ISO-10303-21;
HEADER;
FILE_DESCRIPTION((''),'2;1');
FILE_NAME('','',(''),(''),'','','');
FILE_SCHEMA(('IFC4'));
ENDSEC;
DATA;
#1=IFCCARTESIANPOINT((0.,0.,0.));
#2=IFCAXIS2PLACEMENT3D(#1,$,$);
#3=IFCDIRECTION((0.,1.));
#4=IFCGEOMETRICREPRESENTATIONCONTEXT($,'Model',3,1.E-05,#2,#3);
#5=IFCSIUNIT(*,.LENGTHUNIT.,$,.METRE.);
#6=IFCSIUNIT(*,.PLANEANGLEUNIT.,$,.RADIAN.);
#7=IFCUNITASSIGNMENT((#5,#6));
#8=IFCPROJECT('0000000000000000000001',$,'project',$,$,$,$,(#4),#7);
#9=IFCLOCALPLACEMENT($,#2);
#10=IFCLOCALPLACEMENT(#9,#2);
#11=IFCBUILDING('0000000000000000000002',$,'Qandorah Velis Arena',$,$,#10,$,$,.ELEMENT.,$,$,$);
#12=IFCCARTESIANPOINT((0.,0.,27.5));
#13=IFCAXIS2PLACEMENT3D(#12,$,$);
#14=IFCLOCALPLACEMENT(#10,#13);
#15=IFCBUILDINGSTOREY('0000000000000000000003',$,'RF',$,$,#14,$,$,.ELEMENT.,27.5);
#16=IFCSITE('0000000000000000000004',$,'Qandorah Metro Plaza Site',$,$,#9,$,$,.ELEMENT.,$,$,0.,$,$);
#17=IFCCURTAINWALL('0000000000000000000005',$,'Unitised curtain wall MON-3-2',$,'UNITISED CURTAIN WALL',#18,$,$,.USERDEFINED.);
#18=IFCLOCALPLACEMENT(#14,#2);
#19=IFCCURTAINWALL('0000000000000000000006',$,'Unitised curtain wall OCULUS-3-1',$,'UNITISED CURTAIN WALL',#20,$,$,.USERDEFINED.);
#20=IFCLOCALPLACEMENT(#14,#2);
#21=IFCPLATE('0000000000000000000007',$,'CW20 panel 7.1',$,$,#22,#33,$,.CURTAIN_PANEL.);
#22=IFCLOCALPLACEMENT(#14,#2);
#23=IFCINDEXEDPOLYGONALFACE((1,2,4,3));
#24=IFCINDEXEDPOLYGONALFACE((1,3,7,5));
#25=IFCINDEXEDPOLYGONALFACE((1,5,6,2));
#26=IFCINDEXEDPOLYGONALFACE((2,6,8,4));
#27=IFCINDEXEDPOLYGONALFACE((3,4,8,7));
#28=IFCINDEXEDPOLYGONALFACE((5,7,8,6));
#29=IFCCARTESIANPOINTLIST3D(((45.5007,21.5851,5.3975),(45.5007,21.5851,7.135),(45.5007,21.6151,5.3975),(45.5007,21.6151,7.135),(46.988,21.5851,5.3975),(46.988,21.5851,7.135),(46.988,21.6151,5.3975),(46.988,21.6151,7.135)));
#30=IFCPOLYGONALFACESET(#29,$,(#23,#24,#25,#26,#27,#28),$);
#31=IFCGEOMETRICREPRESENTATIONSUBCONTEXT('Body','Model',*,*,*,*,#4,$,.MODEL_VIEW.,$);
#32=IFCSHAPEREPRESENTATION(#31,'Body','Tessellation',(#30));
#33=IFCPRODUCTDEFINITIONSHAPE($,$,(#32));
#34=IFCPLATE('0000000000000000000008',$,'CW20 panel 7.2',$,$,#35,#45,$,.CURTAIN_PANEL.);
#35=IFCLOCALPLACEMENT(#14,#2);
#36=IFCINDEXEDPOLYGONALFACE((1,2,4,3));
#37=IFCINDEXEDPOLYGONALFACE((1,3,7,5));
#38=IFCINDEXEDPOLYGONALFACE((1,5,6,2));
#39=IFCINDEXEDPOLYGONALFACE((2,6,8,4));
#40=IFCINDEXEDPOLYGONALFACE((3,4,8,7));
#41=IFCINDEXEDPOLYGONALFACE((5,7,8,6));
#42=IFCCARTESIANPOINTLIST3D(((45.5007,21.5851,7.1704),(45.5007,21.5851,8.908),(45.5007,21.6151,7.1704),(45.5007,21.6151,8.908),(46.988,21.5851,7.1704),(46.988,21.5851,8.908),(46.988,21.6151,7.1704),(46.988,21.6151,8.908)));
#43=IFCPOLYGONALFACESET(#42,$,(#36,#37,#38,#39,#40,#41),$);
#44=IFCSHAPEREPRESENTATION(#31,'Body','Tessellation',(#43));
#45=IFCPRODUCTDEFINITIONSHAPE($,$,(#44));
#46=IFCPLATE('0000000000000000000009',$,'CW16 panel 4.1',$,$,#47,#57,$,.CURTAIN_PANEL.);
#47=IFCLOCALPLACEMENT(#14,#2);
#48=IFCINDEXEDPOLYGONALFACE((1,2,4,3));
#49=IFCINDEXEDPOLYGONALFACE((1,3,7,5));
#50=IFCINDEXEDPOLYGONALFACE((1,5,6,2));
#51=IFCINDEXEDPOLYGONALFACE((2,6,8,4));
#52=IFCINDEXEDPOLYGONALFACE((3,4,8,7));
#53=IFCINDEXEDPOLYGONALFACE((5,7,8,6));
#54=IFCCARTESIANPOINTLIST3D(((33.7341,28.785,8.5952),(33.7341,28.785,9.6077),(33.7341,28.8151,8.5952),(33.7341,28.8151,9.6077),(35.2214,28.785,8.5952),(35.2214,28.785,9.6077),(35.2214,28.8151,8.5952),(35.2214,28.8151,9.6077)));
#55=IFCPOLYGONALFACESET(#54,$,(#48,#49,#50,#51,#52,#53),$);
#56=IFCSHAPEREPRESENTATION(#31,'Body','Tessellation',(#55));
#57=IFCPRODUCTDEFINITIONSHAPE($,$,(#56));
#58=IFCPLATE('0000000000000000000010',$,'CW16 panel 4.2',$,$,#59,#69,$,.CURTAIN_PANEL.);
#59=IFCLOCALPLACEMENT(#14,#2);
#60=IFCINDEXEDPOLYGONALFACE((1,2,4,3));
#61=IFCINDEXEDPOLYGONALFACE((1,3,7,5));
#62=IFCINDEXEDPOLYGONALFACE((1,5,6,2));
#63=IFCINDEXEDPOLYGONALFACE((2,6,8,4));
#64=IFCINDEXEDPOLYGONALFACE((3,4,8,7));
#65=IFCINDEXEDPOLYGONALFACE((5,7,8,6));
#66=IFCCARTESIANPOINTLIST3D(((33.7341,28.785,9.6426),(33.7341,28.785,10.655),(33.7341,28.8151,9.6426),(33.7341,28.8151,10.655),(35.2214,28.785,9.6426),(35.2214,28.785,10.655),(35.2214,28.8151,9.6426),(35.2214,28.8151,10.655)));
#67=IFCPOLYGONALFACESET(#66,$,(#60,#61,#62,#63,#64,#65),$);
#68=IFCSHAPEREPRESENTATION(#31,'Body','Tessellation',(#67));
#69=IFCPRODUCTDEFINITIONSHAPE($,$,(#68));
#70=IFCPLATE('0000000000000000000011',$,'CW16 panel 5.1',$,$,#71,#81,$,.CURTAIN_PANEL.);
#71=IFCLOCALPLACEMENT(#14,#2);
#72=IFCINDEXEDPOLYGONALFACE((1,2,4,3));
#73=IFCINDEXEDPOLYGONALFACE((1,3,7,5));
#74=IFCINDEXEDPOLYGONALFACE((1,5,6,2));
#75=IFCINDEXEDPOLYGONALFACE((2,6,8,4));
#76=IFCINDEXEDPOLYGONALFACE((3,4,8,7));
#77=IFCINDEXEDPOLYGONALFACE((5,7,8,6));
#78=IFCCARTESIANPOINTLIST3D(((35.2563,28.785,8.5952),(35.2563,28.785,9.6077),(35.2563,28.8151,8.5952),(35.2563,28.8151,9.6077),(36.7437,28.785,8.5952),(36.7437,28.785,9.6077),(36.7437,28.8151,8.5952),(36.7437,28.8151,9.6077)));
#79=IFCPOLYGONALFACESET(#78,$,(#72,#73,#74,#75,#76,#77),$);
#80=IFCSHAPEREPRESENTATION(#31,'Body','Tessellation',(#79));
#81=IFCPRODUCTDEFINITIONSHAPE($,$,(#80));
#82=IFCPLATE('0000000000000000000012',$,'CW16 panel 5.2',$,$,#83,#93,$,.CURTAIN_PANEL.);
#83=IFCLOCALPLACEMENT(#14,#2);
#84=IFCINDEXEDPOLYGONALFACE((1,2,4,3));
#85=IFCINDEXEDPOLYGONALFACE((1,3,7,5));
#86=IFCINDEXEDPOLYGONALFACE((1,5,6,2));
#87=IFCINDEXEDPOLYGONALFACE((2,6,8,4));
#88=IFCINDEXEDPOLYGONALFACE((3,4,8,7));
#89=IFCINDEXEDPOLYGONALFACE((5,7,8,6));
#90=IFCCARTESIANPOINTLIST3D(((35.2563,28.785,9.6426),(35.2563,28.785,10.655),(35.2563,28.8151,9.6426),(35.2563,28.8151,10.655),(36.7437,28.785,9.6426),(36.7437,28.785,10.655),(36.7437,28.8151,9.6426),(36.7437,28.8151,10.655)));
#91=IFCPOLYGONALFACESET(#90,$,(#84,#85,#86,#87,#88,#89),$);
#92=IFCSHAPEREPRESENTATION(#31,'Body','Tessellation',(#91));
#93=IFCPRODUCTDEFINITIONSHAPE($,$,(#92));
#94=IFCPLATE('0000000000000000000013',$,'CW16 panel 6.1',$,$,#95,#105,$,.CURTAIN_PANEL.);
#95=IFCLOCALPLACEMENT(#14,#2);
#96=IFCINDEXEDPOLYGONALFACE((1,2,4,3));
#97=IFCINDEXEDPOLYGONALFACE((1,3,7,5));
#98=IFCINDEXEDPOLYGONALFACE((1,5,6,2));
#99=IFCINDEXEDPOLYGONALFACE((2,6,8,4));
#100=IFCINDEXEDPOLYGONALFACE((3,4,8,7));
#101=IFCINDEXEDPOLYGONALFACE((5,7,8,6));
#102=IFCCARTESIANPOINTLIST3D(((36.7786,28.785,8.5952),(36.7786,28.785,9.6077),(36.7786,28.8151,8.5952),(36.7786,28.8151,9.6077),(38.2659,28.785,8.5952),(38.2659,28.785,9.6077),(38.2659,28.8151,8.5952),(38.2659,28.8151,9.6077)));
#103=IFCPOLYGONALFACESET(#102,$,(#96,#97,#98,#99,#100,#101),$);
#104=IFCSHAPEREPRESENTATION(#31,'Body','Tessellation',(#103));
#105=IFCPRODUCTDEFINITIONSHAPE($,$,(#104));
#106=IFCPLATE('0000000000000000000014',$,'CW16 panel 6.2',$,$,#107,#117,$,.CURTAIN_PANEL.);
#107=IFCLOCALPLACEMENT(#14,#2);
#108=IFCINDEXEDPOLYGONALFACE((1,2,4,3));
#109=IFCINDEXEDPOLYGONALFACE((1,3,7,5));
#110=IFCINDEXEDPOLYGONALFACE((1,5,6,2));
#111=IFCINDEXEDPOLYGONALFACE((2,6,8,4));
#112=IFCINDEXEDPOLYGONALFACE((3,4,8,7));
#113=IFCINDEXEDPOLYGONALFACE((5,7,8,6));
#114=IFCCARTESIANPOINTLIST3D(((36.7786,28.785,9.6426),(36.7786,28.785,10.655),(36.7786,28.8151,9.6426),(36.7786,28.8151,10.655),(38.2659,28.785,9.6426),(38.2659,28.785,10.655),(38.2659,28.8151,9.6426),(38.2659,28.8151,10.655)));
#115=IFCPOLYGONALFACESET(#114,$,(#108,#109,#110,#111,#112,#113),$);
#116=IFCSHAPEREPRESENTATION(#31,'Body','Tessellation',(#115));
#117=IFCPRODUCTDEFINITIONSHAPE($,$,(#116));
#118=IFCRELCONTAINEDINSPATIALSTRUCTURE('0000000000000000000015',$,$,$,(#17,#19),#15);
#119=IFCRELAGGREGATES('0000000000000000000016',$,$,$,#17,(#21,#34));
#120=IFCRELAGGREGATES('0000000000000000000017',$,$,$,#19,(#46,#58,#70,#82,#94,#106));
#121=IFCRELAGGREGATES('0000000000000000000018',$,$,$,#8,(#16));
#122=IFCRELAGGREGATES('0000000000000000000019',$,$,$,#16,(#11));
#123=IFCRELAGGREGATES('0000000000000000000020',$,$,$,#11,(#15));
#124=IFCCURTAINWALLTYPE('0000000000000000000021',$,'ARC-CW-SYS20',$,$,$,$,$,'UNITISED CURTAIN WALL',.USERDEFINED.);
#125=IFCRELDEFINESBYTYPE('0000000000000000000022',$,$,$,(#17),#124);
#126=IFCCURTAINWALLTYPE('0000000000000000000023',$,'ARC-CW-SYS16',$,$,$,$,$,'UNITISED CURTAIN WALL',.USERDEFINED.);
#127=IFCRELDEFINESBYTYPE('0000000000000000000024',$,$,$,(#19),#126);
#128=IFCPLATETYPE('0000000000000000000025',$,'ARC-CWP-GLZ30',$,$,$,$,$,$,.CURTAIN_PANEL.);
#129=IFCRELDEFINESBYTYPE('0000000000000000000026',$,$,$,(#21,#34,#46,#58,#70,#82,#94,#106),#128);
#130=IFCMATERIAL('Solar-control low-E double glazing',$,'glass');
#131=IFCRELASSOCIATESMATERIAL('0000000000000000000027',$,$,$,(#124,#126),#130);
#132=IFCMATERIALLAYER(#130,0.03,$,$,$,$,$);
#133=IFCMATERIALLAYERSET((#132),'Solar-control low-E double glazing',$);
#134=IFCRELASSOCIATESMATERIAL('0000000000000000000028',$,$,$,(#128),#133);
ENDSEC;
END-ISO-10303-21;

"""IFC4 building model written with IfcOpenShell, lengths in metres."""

from ifc_helpers import new_model, si_unit, direction, frame, origin, origin_2d, place, context, subcontext, project, spatial, rectangle, extrude, material, layer, layer_set, type_object, element, aggregate, save


model = new_model("IFC4")

# Units and contexts
model_context = context("Model", 3, precision=1e-05, world=origin(), true_north=direction((0.0, 1.0)))
body_context = subcontext(model_context, "Body", "Model", "MODEL_VIEW")
ifc_project = project(units=[si_unit("LENGTHUNIT", "METRE"), si_unit("PLANEANGLEUNIT", "RADIAN")], contexts=[model_context])

# Site, building, storey
site_placement = place(None, origin())
site = spatial("IfcSite", under=ifc_project, at=site_placement, Name="Qandorah Metro Plaza Site", CompositionType="ELEMENT", RefElevation=0.0)
building_placement = place(site_placement, origin())
building = spatial("IfcBuilding", under=site, at=building_placement, Name="Qandorah Velis Arena", CompositionType="ELEMENT")
storey_placement = place(building_placement, frame((0.0, 0.0, 27.5)))
storey = spatial("IfcBuildingStorey", under=building, at=storey_placement, Name="RF", CompositionType="ELEMENT", Elevation=27.5)

# Curtain walls
ifc_material_1 = material(Name="Solar-control low-E double glazing", Category="glass")
curtain_wall_type_1 = type_object("IfcCurtainWallType", Name="ARC-CW-SYS20", ElementType="UNITISED CURTAIN WALL", PredefinedType="USERDEFINED", material=ifc_material_1)
curtain_wall_1_placement = place(storey_placement, origin())
curtain_wall_1 = element("IfcCurtainWall", 1, at=curtain_wall_1_placement, inside=storey, type_object=curtain_wall_type_1, Name="Unitised curtain wall MON-3-2", ObjectType="UNITISED CURTAIN WALL", PredefinedType="USERDEFINED")
curtain_wall_type_2 = type_object("IfcCurtainWallType", Name="ARC-CW-SYS16", ElementType="UNITISED CURTAIN WALL", PredefinedType="USERDEFINED", material=ifc_material_1)
curtain_wall_2_placement = place(storey_placement, origin())
curtain_wall_2 = element("IfcCurtainWall", 2, at=curtain_wall_2_placement, inside=storey, type_object=curtain_wall_type_2, Name="Unitised curtain wall OCULUS-3-1", ObjectType="UNITISED CURTAIN WALL", PredefinedType="USERDEFINED")

# Plates
ifc_layer = layer(ifc_material_1, 0.03)
ifc_layer_set = layer_set([ifc_layer], Name="Solar-control low-E double glazing")
plate_type = type_object("IfcPlateType", Name="ARC-CWP-GLZ30", PredefinedType="CURTAIN_PANEL", material=ifc_layer_set)
plate_1_placement = place(storey_placement, frame((46.2444, 21.6001, 5.3975), z_axis=(0.0, 0.0, 1.0), x_axis=(1.0, 0.0, 0.0)))
plate_1 = element("IfcPlate", 3, at=plate_1_placement, type_object=plate_type, Name="CW20 panel 7.1", PredefinedType="CURTAIN_PANEL", context=body_context, shape_type="SweptSolid", body=[
    extrude(rectangle(XDim=1.4873, YDim=0.03, at=origin_2d()), origin(), (0.0, 0.0, 1.0), 1.7375),
])
plate_2_placement = place(storey_placement, frame((46.2444, 21.6001, 7.1704), z_axis=(0.0, 0.0, 1.0), x_axis=(1.0, 0.0, 0.0)))
plate_2 = element("IfcPlate", 4, at=plate_2_placement, type_object=plate_type, Name="CW20 panel 7.2", PredefinedType="CURTAIN_PANEL", context=body_context, shape_type="SweptSolid", body=[
    extrude(rectangle(XDim=1.4873, YDim=0.03, at=origin_2d()), origin(), (0.0, 0.0, 1.0), 1.7375),
])
aggregate(curtain_wall_1, [plate_1, plate_2])
plate_3_placement = place(storey_placement, frame((34.4778, 28.8, 8.5952), z_axis=(0.0, 0.0, 1.0), x_axis=(1.0, 0.0, 0.0)))
plate_3 = element("IfcPlate", 5, at=plate_3_placement, type_object=plate_type, Name="CW16 panel 4.1", PredefinedType="CURTAIN_PANEL", context=body_context, shape_type="SweptSolid", body=[
    extrude(rectangle(XDim=1.4873, YDim=0.03, at=origin_2d()), origin(), (0.0, 0.0, 1.0), 1.0125),
])
plate_4_placement = place(storey_placement, frame((34.4778, 28.8, 9.6426), z_axis=(0.0, 0.0, 1.0), x_axis=(1.0, 0.0, 0.0)))
plate_4 = element("IfcPlate", 6, at=plate_4_placement, type_object=plate_type, Name="CW16 panel 4.2", PredefinedType="CURTAIN_PANEL", context=body_context, shape_type="SweptSolid", body=[
    extrude(rectangle(XDim=1.4873, YDim=0.03, at=origin_2d()), origin(), (0.0, 0.0, 1.0), 1.0125),
])
plate_5_placement = place(storey_placement, frame((36.0, 28.8, 8.5952), z_axis=(0.0, 0.0, 1.0), x_axis=(1.0, 0.0, 0.0)))
plate_5 = element("IfcPlate", 7, at=plate_5_placement, type_object=plate_type, Name="CW16 panel 5.1", PredefinedType="CURTAIN_PANEL", context=body_context, shape_type="SweptSolid", body=[
    extrude(rectangle(XDim=1.4873, YDim=0.03, at=origin_2d()), origin(), (0.0, 0.0, 1.0), 1.0125),
])
plate_6_placement = place(storey_placement, frame((36.0, 28.8, 9.6426), z_axis=(0.0, 0.0, 1.0), x_axis=(1.0, 0.0, 0.0)))
plate_6 = element("IfcPlate", 8, at=plate_6_placement, type_object=plate_type, Name="CW16 panel 5.2", PredefinedType="CURTAIN_PANEL", context=body_context, shape_type="SweptSolid", body=[
    extrude(rectangle(XDim=1.4873, YDim=0.03, at=origin_2d()), origin(), (0.0, 0.0, 1.0), 1.0125),
])
plate_7_placement = place(storey_placement, frame((37.5222, 28.8, 8.5952), z_axis=(0.0, 0.0, 1.0), x_axis=(1.0, 0.0, 0.0)))
plate_7 = element("IfcPlate", 9, at=plate_7_placement, type_object=plate_type, Name="CW16 panel 6.1", PredefinedType="CURTAIN_PANEL", context=body_context, shape_type="SweptSolid", body=[
    extrude(rectangle(XDim=1.4873, YDim=0.03, at=origin_2d()), origin(), (0.0, 0.0, 1.0), 1.0125),
])
plate_8_placement = place(storey_placement, frame((37.5222, 28.8, 9.6426), z_axis=(0.0, 0.0, 1.0), x_axis=(1.0, 0.0, 0.0)))
plate_8 = element("IfcPlate", 10, at=plate_8_placement, type_object=plate_type, Name="CW16 panel 6.2", PredefinedType="CURTAIN_PANEL", context=body_context, shape_type="SweptSolid", body=[
    extrude(rectangle(XDim=1.4873, YDim=0.03, at=origin_2d()), origin(), (0.0, 0.0, 1.0), 1.0125),
])
aggregate(curtain_wall_2, [plate_3, plate_4, plate_5, plate_6, plate_7, plate_8])

save(model, "model.ifc")
